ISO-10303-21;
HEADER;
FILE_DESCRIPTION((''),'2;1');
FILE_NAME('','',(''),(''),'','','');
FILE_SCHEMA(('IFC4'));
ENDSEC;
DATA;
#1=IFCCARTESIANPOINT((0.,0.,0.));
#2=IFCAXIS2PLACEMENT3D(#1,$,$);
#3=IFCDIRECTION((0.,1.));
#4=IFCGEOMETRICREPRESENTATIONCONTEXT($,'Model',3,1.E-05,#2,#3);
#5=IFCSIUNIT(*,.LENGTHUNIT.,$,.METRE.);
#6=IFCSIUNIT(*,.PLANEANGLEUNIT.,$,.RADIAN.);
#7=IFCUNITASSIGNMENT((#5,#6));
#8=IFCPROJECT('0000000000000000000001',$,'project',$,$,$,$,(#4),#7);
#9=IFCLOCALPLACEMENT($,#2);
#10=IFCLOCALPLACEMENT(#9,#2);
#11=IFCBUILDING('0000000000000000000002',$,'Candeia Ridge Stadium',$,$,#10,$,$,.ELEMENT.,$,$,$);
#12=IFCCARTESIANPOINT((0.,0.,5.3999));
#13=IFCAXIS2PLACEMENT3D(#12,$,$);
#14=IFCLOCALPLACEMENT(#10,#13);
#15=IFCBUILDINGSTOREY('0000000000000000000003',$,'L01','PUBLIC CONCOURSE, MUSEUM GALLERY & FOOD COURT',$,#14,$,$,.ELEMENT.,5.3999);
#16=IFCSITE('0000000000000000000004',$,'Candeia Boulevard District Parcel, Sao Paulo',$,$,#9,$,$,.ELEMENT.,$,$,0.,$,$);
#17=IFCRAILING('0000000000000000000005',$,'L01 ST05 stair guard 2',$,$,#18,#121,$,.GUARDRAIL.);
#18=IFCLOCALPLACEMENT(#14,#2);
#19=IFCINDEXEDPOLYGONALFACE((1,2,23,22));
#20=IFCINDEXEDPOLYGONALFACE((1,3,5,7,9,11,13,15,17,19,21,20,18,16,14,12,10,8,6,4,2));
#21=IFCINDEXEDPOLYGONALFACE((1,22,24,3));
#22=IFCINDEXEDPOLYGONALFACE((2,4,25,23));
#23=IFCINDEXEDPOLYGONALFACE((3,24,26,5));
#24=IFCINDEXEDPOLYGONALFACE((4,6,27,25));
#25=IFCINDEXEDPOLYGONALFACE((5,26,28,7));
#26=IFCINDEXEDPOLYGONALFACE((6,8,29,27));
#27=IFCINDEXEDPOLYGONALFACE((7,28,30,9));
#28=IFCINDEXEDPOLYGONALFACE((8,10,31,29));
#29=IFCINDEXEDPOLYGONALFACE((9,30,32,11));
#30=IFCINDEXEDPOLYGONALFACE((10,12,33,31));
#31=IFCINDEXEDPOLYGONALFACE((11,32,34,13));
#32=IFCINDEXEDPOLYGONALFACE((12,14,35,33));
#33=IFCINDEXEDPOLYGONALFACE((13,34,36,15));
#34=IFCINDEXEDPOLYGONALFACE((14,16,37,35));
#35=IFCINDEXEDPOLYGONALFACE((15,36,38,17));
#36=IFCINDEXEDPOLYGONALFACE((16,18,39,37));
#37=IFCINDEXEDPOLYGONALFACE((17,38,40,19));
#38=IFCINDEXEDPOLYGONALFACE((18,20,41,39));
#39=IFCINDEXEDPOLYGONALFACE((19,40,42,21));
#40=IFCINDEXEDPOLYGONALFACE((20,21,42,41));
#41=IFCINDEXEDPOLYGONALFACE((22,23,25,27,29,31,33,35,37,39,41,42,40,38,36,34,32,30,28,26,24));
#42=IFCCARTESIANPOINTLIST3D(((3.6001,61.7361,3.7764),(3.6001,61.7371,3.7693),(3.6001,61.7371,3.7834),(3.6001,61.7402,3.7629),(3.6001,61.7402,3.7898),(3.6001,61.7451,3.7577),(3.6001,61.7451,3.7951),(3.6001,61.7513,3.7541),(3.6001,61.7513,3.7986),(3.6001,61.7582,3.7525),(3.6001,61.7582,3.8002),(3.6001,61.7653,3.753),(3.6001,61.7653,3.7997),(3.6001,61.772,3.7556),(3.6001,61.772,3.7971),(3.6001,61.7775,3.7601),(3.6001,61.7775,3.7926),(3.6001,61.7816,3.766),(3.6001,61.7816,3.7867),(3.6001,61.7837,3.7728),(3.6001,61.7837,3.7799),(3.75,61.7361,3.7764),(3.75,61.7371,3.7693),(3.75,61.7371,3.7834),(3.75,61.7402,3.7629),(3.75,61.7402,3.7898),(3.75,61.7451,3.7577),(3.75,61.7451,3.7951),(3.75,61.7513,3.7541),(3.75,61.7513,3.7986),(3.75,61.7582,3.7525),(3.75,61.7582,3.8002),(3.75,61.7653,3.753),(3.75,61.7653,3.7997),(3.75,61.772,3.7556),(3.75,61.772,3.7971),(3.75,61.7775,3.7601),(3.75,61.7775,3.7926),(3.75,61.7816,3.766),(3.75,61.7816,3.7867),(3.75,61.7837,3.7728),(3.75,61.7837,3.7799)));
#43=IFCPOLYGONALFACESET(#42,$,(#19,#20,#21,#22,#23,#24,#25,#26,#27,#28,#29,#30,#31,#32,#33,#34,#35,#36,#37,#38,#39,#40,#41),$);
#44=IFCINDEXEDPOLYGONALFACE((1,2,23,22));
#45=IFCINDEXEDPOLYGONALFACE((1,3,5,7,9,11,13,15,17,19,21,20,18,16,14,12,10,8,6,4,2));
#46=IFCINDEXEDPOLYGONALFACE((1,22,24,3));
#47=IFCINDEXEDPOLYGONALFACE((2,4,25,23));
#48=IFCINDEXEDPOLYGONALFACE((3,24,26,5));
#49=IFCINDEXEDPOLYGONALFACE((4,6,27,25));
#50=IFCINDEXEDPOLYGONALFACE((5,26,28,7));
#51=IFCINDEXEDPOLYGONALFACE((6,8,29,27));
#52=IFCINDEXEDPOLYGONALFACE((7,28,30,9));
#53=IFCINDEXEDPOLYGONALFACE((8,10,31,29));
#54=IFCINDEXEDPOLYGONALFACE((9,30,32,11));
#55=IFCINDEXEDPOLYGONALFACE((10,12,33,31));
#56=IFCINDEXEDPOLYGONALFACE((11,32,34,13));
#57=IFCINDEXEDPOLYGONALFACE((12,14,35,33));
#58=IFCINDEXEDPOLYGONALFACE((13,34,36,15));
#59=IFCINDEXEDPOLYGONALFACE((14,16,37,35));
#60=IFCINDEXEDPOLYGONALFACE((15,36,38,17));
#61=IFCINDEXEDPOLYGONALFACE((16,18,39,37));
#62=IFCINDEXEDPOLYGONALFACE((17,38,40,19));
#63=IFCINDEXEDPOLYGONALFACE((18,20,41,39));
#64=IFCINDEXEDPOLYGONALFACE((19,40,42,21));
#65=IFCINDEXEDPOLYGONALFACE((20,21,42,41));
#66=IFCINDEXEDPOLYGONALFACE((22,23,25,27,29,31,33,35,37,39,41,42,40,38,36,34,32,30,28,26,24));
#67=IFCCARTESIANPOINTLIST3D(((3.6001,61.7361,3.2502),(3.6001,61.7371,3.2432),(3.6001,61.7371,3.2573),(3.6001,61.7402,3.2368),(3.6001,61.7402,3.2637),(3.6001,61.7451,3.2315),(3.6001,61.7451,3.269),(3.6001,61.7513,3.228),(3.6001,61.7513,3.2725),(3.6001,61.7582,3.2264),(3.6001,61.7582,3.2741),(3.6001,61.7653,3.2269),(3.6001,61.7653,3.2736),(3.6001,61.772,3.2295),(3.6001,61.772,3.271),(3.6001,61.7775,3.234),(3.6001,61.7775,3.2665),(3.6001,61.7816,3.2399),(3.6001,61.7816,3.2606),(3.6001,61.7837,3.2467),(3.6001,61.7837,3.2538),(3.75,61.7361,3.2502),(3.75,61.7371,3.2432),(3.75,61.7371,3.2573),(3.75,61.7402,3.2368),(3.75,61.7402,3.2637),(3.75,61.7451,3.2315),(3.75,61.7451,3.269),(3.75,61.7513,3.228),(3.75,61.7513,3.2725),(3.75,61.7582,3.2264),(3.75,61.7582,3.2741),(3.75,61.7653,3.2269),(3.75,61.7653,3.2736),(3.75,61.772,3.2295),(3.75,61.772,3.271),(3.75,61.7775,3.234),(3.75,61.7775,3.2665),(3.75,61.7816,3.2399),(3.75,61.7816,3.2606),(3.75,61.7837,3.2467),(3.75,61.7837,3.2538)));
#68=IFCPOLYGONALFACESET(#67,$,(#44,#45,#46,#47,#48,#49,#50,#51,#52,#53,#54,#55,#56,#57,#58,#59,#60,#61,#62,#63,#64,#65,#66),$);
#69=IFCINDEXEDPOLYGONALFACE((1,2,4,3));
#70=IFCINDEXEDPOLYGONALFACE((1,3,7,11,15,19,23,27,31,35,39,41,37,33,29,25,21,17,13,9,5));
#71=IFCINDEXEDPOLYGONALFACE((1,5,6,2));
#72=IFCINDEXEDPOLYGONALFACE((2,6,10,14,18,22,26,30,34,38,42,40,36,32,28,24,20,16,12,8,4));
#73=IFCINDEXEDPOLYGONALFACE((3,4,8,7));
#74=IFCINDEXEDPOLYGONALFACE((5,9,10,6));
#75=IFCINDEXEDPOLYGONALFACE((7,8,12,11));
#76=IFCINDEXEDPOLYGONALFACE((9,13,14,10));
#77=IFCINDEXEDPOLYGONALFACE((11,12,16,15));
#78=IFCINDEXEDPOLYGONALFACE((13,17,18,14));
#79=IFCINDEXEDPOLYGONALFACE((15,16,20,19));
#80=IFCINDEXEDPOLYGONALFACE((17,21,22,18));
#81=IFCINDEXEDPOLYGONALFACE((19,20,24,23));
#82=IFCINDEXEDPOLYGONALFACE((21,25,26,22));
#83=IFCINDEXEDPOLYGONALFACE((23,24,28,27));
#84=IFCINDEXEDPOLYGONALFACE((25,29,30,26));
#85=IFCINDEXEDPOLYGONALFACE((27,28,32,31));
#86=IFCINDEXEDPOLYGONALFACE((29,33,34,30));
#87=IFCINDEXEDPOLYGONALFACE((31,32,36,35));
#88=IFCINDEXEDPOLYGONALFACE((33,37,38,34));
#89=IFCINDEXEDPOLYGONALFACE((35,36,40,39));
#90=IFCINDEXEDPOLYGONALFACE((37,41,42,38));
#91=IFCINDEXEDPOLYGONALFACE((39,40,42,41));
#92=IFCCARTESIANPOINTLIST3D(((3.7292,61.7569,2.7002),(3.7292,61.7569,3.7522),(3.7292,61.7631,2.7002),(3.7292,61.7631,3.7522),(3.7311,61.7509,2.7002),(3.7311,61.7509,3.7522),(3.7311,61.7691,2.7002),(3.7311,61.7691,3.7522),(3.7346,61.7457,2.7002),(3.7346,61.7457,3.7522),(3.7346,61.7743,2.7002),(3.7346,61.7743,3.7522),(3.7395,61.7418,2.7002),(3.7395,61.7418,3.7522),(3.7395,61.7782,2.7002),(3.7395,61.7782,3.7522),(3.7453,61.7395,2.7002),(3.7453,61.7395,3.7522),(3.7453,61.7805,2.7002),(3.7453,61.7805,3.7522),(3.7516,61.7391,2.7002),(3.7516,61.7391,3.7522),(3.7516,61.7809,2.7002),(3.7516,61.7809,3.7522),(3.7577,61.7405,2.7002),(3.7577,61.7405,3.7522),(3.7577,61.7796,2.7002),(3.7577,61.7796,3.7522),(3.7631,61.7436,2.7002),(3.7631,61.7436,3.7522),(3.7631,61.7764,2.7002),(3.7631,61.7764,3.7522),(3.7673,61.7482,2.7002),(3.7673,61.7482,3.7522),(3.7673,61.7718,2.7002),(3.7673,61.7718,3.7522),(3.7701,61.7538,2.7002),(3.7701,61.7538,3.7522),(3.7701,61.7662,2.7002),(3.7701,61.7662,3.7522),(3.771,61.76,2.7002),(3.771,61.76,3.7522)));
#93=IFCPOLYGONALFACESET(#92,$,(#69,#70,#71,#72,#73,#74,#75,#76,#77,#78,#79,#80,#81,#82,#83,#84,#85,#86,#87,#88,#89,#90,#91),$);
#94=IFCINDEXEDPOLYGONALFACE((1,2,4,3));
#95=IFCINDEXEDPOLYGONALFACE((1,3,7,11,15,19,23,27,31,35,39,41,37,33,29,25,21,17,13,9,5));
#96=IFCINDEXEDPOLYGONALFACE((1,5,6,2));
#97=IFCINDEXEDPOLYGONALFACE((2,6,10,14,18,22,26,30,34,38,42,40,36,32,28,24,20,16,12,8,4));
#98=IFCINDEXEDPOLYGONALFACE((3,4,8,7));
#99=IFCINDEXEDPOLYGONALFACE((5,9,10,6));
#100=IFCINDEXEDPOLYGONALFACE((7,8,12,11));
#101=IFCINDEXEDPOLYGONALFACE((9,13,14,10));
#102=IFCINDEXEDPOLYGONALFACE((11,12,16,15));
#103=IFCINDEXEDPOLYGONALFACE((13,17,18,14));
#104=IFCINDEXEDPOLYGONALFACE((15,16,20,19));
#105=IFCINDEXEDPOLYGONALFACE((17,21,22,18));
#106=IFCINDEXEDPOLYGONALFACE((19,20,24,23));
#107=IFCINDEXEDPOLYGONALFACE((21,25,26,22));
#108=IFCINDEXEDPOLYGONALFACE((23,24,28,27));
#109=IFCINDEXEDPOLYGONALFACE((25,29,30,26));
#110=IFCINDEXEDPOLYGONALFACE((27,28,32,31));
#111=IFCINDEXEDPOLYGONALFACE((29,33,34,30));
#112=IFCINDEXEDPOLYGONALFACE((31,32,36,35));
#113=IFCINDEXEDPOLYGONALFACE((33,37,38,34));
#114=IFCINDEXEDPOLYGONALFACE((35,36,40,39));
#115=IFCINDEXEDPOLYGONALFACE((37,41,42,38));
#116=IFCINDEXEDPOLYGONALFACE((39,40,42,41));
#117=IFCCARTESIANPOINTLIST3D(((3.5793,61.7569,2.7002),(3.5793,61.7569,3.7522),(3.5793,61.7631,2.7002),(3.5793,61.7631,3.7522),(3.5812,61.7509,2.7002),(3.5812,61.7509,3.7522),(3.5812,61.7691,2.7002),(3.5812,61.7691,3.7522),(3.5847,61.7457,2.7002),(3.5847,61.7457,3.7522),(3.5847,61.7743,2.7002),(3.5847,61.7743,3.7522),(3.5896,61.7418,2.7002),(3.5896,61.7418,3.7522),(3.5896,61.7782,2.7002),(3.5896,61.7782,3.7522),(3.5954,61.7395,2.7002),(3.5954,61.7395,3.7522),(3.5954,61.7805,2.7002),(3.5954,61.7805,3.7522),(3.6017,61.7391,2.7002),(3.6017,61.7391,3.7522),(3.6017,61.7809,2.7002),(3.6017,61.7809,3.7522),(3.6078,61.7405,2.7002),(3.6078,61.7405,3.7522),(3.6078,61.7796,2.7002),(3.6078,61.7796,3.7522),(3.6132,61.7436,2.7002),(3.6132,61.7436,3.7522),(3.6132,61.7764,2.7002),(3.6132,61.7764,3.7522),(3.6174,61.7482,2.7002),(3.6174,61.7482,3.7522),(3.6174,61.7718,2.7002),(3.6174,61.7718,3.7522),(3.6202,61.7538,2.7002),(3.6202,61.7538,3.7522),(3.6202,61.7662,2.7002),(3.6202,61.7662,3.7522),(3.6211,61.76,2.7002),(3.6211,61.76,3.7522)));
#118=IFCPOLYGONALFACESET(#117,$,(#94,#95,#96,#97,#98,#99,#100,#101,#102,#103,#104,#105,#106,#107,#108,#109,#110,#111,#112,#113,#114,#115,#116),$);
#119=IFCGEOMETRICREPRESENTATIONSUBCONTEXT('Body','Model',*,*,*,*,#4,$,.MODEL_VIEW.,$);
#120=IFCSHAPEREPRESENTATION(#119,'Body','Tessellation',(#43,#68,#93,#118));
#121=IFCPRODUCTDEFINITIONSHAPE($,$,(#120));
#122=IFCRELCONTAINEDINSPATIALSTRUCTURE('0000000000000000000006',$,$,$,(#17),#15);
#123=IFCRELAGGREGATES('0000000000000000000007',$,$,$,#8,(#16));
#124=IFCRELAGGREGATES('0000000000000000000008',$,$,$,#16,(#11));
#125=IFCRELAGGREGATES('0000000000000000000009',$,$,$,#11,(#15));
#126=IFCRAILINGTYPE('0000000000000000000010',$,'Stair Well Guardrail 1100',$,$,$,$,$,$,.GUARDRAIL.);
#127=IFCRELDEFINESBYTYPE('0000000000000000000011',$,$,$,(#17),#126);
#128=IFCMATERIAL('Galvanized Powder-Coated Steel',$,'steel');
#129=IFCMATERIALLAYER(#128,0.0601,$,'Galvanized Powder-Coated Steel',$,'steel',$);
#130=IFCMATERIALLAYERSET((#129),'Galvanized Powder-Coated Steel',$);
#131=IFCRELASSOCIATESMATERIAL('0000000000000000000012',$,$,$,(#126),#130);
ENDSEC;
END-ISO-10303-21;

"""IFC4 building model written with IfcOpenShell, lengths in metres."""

from ifc_helpers import new_model, si_unit, direction, frame, origin, origin_2d, place, context, subcontext, project, spatial, circle, extrude, material, layer, layer_set, type_object, element, save


model = new_model("IFC4")

# Units and contexts
model_context = context("Model", 3, precision=1e-05, world=origin(), true_north=direction((0.0, 1.0)))
body_context = subcontext(model_context, "Body", "Model", "MODEL_VIEW")
ifc_project = project(units=[si_unit("LENGTHUNIT", "METRE"), si_unit("PLANEANGLEUNIT", "RADIAN")], contexts=[model_context])

# Site, building, storey
site_placement = place(None, origin())
site = spatial("IfcSite", under=ifc_project, at=site_placement, Name="Candeia Boulevard District Parcel, Sao Paulo", CompositionType="ELEMENT", RefElevation=0.0)
building_placement = place(site_placement, origin())
building = spatial("IfcBuilding", under=site, at=building_placement, Name="Candeia Ridge Stadium", CompositionType="ELEMENT")
storey_placement = place(building_placement, frame((0.0, 0.0, 5.3999)))
storey = spatial("IfcBuildingStorey", under=building, at=storey_placement, Name="L01", Description="PUBLIC CONCOURSE, MUSEUM GALLERY & FOOD COURT", CompositionType="ELEMENT", Elevation=5.3999)

# Railing
ifc_material_1 = material(Name="Galvanized Powder-Coated Steel", Category="steel")
ifc_layer_1 = layer(ifc_material_1, 0.0601, Name="Galvanized Powder-Coated Steel", Category="steel")
ifc_layer_set_1 = layer_set([ifc_layer_1], Name="Galvanized Powder-Coated Steel")
railing_type_1 = type_object("IfcRailingType", Name="Stair Well Guardrail 1100", PredefinedType="GUARDRAIL", material=ifc_layer_set_1)
railing_1_placement = place(storey_placement, frame((3.75, 61.76, 2.7002)))
element("IfcRailing", 1, at=railing_1_placement, inside=storey, type_object=railing_type_1, Name="L01 ST05 stair guard 2", PredefinedType="GUARDRAIL", context=body_context, shape_type="SweptSolid", body=[
    extrude(circle(Radius=0.0239, at=origin_2d()), frame((0.0, 0.0, 1.0762), z_axis=(-1.0, 0.0, 0.0), x_axis=(0.0, -1.0, 0.0)), (0.0, 0.0, 1.0), 0.1499),
    extrude(circle(Radius=0.0239, at=origin_2d()), frame((0.0, 0.0, 0.55), z_axis=(-1.0, 0.0, 0.0), x_axis=(0.0, -1.0, 0.0)), (0.0, 0.0, 1.0), 0.1499),
    extrude(circle(Radius=0.021, at=origin_2d()), origin(), (0.0, 0.0, 1.0), 1.052),
    extrude(circle(Radius=0.021, at=origin_2d()), frame((-0.1499, 0.0, 0.0)), (0.0, 0.0, 1.0), 1.052),
])

save(model, "model.ifc")
